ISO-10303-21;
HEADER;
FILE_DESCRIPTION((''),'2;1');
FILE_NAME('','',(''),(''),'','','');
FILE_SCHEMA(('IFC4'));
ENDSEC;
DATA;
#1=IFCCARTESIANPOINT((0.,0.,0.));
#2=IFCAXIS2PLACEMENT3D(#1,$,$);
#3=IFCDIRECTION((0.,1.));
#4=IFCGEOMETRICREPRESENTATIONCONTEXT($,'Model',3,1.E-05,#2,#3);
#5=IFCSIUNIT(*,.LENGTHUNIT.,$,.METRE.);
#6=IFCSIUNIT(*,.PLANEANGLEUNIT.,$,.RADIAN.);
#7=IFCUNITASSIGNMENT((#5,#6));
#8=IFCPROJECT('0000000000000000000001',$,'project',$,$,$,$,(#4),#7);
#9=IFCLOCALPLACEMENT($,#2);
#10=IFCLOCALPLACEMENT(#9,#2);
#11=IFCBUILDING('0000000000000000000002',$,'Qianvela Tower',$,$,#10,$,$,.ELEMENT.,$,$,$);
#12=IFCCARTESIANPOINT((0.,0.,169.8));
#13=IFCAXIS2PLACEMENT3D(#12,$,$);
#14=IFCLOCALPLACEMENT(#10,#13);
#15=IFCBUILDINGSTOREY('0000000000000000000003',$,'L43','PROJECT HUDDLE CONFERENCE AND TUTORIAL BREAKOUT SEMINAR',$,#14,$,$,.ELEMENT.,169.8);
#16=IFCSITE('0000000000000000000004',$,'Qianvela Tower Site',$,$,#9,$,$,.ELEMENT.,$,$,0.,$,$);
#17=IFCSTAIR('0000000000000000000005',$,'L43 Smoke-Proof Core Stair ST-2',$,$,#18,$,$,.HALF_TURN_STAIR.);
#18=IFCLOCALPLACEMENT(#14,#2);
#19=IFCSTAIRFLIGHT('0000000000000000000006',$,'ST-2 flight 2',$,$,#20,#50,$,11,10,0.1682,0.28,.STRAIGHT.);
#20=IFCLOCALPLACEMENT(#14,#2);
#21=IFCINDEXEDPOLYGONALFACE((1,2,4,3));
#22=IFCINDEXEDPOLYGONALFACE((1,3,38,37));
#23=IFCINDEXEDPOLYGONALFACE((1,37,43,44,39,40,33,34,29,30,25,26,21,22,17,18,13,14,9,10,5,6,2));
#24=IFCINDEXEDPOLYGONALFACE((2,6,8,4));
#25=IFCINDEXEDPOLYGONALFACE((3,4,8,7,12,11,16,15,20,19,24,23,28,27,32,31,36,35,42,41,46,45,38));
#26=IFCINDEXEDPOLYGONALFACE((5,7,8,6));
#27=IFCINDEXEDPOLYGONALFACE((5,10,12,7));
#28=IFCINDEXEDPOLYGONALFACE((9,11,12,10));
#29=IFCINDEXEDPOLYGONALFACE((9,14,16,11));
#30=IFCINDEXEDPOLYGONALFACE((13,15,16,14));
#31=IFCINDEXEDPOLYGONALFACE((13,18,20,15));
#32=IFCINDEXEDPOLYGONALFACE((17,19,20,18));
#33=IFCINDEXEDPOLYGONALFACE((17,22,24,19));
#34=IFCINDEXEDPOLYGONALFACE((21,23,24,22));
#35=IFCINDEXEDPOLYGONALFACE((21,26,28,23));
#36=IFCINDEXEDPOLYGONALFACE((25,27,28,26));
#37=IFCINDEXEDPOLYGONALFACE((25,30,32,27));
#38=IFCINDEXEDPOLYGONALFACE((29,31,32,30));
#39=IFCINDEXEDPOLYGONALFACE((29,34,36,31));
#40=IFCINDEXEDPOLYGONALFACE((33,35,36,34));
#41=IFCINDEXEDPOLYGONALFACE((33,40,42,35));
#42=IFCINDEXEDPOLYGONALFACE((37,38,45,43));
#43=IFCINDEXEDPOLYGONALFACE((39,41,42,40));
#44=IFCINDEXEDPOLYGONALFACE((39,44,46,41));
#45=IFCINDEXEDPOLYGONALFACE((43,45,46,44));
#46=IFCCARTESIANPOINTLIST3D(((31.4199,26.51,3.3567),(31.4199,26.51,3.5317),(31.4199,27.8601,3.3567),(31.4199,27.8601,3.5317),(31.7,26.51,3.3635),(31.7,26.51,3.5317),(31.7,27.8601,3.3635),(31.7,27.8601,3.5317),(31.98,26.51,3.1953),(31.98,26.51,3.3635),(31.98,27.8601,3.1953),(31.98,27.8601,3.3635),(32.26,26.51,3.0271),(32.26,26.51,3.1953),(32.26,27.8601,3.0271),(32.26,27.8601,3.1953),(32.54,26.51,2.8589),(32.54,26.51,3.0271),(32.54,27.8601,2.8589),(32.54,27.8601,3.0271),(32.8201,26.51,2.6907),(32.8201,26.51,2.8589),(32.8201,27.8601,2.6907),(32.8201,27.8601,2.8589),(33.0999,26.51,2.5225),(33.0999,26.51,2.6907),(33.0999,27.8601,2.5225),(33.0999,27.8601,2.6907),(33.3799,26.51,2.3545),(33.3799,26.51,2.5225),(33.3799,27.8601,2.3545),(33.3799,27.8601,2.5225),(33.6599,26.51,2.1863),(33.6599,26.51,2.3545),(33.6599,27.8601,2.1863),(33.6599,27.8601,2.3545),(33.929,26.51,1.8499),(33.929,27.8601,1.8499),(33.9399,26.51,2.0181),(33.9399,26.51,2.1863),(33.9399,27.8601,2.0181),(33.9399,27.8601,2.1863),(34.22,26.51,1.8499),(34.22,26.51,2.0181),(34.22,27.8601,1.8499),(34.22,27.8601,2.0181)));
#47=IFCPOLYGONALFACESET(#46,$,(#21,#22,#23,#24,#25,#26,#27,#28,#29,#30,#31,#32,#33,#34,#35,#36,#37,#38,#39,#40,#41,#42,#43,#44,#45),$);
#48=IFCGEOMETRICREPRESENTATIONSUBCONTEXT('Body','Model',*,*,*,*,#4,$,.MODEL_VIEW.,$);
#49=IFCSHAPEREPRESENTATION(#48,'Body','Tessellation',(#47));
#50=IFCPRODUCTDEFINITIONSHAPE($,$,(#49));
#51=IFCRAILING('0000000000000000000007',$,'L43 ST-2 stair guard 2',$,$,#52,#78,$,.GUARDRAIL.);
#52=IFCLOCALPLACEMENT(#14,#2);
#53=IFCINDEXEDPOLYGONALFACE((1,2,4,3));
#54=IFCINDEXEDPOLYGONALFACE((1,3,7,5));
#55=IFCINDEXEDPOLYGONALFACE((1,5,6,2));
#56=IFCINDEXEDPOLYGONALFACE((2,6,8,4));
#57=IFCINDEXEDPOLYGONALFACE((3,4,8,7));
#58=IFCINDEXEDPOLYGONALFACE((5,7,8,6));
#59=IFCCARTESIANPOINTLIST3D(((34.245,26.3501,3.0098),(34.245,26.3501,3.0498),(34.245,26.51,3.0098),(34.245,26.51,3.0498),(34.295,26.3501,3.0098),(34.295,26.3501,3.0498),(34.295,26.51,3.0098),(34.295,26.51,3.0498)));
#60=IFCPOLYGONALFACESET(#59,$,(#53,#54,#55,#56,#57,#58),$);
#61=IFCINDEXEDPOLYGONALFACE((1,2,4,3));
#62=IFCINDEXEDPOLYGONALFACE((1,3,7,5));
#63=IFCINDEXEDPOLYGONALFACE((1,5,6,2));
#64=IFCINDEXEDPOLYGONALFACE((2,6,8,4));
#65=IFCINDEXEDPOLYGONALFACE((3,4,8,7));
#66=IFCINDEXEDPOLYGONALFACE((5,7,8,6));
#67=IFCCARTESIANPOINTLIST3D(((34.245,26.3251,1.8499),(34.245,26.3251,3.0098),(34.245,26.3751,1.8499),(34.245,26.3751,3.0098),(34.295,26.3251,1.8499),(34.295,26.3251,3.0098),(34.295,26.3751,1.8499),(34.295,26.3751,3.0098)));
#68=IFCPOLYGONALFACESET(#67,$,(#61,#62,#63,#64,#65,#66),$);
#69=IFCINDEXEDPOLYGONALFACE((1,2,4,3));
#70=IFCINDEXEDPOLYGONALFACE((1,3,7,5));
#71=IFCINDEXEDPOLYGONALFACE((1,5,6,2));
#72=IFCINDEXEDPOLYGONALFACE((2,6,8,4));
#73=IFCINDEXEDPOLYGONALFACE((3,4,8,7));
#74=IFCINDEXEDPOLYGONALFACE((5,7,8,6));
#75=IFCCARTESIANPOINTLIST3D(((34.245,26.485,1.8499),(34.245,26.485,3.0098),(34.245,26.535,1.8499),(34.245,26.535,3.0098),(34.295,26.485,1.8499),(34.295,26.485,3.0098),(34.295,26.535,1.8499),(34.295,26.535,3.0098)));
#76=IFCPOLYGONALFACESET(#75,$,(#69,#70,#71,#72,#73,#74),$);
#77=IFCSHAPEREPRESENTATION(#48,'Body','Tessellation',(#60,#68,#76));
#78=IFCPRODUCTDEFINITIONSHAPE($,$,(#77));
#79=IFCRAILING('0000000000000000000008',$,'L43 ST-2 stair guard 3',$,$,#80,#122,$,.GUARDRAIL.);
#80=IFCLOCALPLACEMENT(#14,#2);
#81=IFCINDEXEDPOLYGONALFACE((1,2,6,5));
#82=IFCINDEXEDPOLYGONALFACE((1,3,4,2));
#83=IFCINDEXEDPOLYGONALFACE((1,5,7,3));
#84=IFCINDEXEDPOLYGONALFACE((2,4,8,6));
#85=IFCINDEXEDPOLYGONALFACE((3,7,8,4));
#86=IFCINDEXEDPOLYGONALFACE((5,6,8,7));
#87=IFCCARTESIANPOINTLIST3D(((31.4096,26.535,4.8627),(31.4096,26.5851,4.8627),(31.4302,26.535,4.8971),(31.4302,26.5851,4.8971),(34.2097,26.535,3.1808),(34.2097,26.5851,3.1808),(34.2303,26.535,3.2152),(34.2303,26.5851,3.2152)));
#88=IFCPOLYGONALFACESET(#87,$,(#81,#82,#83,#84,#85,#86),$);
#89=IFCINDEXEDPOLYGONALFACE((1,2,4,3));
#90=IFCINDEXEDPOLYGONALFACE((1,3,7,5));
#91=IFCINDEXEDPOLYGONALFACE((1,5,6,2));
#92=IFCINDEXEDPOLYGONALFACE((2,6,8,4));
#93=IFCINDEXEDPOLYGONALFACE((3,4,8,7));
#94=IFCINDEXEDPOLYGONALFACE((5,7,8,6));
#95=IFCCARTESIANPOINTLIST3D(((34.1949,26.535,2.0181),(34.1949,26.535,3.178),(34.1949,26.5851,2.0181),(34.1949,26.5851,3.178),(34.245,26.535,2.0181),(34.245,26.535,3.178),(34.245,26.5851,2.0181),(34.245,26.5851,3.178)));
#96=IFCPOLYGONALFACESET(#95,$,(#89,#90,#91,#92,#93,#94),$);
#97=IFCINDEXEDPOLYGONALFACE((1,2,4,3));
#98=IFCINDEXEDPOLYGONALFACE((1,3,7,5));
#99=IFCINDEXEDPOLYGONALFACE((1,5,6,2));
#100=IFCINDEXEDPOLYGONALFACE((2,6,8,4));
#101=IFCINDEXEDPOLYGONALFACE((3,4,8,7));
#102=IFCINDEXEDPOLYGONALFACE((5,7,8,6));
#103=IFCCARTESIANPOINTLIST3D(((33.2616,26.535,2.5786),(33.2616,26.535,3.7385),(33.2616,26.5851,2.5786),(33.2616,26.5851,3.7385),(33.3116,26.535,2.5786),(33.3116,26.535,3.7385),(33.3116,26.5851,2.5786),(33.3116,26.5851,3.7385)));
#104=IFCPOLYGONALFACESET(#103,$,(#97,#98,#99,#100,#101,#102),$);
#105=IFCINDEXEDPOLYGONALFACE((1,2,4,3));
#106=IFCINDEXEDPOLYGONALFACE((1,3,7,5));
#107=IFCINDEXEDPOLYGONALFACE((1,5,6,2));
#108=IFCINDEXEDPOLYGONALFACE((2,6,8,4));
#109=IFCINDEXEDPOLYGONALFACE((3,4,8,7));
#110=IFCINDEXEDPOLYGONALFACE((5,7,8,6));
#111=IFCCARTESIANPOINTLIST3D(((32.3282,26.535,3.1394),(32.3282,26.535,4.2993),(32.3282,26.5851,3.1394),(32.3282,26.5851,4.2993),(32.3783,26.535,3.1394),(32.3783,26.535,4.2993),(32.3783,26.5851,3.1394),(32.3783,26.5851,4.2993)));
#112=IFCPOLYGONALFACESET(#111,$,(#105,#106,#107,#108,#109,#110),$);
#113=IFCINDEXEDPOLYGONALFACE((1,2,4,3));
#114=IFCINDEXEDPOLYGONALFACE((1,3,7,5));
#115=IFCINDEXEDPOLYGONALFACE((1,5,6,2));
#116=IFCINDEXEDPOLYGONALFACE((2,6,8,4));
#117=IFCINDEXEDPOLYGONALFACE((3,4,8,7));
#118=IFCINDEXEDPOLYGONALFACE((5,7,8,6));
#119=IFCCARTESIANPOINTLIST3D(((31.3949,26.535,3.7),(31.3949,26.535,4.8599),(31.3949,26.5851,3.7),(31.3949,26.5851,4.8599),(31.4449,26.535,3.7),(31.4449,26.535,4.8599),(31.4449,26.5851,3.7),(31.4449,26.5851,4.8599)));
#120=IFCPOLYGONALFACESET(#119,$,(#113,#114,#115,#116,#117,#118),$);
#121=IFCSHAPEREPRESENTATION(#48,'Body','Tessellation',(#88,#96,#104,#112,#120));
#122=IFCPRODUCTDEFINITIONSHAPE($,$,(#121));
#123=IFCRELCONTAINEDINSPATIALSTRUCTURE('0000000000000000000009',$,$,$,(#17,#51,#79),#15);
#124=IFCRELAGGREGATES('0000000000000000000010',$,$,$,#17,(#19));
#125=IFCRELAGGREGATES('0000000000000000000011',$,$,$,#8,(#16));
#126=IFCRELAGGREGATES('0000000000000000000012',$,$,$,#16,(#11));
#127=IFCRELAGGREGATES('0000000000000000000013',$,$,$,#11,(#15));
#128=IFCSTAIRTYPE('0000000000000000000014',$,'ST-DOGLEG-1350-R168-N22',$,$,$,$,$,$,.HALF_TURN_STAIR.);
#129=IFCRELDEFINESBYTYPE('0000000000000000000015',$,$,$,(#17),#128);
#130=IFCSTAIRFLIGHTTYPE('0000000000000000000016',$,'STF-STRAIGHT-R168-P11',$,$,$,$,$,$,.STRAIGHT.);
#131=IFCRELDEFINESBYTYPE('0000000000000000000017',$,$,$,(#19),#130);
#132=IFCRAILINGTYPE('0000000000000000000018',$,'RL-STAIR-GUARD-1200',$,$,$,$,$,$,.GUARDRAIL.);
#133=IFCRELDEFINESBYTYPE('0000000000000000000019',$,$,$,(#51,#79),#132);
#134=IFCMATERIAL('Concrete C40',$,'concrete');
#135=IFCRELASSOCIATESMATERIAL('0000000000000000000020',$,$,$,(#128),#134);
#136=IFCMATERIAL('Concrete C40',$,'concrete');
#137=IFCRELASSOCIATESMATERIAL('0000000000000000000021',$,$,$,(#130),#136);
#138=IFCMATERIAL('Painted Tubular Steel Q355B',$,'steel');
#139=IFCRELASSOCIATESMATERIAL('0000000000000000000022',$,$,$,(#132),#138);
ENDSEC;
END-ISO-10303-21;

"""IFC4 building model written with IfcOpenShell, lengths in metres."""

from ifc_helpers import new_model, si_unit, direction, frame, origin, origin_2d, place, context, subcontext, project, spatial, polyline, rectangle, outline, extrude, material, type_object, element, aggregate, save


model = new_model("IFC4")

# Units and contexts
model_context = context("Model", 3, precision=1e-05, world=origin(), true_north=direction((0.0, 1.0)))
body_context = subcontext(model_context, "Body", "Model", "MODEL_VIEW")
ifc_project = project(units=[si_unit("LENGTHUNIT", "METRE"), si_unit("PLANEANGLEUNIT", "RADIAN")], contexts=[model_context])

# Site, building, storey
site_placement = place(None, origin())
site = spatial("IfcSite", under=ifc_project, at=site_placement, Name="Qianvela Tower Site", CompositionType="ELEMENT", RefElevation=0.0)
building_placement = place(site_placement, origin())
building = spatial("IfcBuilding", under=site, at=building_placement, Name="Qianvela Tower", CompositionType="ELEMENT")
storey_placement = place(building_placement, frame((0.0, 0.0, 169.8)))
storey = spatial("IfcBuildingStorey", under=building, at=storey_placement, Name="L43", Description="PROJECT HUDDLE CONFERENCE AND TUTORIAL BREAKOUT SEMINAR", CompositionType="ELEMENT", Elevation=169.8)

# Stair, stair flight
ifc_material_1 = material(Name="Concrete C40", Category="concrete")
stair_type = type_object("IfcStairType", Name="ST-DOGLEG-1350-R168-N22", PredefinedType="HALF_TURN_STAIR", material=ifc_material_1)
stair_placement = place(storey_placement, origin())
stair = element("IfcStair", 1, at=stair_placement, inside=storey, type_object=stair_type, Name="L43 Smoke-Proof Core Stair ST-2", PredefinedType="HALF_TURN_STAIR")
ifc_material_2 = material(Name="Concrete C40", Category="concrete")
stair_flight_type = type_object("IfcStairFlightType", Name="STF-STRAIGHT-R168-P11", PredefinedType="STRAIGHT", material=ifc_material_2)
stair_flight_placement = place(storey_placement, frame((34.22, 27.1851, 1.8499), z_axis=(0.0, 0.0, 1.0), x_axis=(-1.0, 0.0, 0.0)))
stair_flight = element("IfcStairFlight", 2, at=stair_flight_placement, type_object=stair_flight_type, Name="ST-2 flight 2", NumberOfRisers=11, NumberOfTreads=10, PredefinedType="STRAIGHT", RiserHeight=0.1682, TreadLength=0.28, context=body_context, shape_type="SweptSolid", body=[
    extrude(outline(polyline([(0.0, 0.0), (0.0, 0.1682), (0.28, 0.1682), (0.28, 0.3364), (0.5601, 0.3364), (0.5601, 0.5046), (0.8401, 0.5046), (0.8401, 0.6726), (1.1201, 0.6726), (1.1201, 0.8408), (1.3999, 0.8408), (1.3999, 1.009), (1.6799, 1.009), (1.6799, 1.1772), (1.96, 1.1772), (1.96, 1.3455), (2.24, 1.3455), (2.24, 1.5137), (2.52, 1.5137), (2.52, 1.6819), (2.8, 1.6819), (2.8, 1.8501), (2.8, 1.5068), (0.291, 0.0), (0.0, 0.0)])), frame((0.0, 0.675, 0.0), z_axis=(0.0, -1.0, 0.0), x_axis=(1.0, 0.0, 0.0)), (0.0, 0.0, 1.0), 1.3501),
])
aggregate(stair, [stair_flight])

# Railings
ifc_material_3 = material(Name="Painted Tubular Steel Q355B", Category="steel")
railing_type = type_object("IfcRailingType", Name="RL-STAIR-GUARD-1200", PredefinedType="GUARDRAIL", material=ifc_material_3)
railing_1_placement = place(storey_placement, frame((34.27, 26.3501, 1.8499)))
element("IfcRailing", 3, at=railing_1_placement, inside=storey, type_object=railing_type, Name="L43 ST-2 stair guard 2", PredefinedType="GUARDRAIL", context=body_context, shape_type="SweptSolid", body=[
    extrude(rectangle(XDim=0.05, YDim=0.04, at=origin_2d()), frame((0.0, 0.0, 1.1799), z_axis=(0.0, 1.0, 0.0), x_axis=(-1.0, 0.0, 0.0)), (0.0, 0.0, 1.0), 0.1599),
    extrude(rectangle(XDim=0.05, YDim=0.05, at=origin_2d()), origin(), (0.0, 0.0, 1.0), 1.1599),
    extrude(rectangle(XDim=0.05, YDim=0.05, at=origin_2d()), frame((0.0, 0.1599, 0.0)), (0.0, 0.0, 1.0), 1.1599),
])
railing_2_placement = place(storey_placement, frame((34.22, 26.5601, 2.0181)))
element("IfcRailing", 4, at=railing_2_placement, inside=storey, type_object=railing_type, Name="L43 ST-2 stair guard 3", PredefinedType="GUARDRAIL", context=body_context, shape_type="SweptSolid", body=[
    extrude(rectangle(XDim=0.05, YDim=0.04, at=origin_2d()), frame((0.0, 0.0, 1.1799), z_axis=(-0.857242, 0.0, 0.514913), x_axis=(0.0, -1.0, 0.0)), (0.0, 0.0, 1.0), 3.2664),
    extrude(rectangle(XDim=0.05, YDim=0.05, at=origin_2d()), origin(), (0.0, 0.0, 1.0), 1.1599),
    extrude(rectangle(XDim=0.05, YDim=0.05, at=origin_2d()), frame((-0.9333, 0.0, 0.5605)), (0.0, 0.0, 1.0), 1.1599),
    extrude(rectangle(XDim=0.05, YDim=0.05, at=origin_2d()), frame((-1.8667, 0.0, 1.1213)), (0.0, 0.0, 1.0), 1.1599),
    extrude(rectangle(XDim=0.05, YDim=0.05, at=origin_2d()), frame((-2.8, 0.0, 1.6819)), (0.0, 0.0, 1.0), 1.1599),
])

save(model, "model.ifc")
